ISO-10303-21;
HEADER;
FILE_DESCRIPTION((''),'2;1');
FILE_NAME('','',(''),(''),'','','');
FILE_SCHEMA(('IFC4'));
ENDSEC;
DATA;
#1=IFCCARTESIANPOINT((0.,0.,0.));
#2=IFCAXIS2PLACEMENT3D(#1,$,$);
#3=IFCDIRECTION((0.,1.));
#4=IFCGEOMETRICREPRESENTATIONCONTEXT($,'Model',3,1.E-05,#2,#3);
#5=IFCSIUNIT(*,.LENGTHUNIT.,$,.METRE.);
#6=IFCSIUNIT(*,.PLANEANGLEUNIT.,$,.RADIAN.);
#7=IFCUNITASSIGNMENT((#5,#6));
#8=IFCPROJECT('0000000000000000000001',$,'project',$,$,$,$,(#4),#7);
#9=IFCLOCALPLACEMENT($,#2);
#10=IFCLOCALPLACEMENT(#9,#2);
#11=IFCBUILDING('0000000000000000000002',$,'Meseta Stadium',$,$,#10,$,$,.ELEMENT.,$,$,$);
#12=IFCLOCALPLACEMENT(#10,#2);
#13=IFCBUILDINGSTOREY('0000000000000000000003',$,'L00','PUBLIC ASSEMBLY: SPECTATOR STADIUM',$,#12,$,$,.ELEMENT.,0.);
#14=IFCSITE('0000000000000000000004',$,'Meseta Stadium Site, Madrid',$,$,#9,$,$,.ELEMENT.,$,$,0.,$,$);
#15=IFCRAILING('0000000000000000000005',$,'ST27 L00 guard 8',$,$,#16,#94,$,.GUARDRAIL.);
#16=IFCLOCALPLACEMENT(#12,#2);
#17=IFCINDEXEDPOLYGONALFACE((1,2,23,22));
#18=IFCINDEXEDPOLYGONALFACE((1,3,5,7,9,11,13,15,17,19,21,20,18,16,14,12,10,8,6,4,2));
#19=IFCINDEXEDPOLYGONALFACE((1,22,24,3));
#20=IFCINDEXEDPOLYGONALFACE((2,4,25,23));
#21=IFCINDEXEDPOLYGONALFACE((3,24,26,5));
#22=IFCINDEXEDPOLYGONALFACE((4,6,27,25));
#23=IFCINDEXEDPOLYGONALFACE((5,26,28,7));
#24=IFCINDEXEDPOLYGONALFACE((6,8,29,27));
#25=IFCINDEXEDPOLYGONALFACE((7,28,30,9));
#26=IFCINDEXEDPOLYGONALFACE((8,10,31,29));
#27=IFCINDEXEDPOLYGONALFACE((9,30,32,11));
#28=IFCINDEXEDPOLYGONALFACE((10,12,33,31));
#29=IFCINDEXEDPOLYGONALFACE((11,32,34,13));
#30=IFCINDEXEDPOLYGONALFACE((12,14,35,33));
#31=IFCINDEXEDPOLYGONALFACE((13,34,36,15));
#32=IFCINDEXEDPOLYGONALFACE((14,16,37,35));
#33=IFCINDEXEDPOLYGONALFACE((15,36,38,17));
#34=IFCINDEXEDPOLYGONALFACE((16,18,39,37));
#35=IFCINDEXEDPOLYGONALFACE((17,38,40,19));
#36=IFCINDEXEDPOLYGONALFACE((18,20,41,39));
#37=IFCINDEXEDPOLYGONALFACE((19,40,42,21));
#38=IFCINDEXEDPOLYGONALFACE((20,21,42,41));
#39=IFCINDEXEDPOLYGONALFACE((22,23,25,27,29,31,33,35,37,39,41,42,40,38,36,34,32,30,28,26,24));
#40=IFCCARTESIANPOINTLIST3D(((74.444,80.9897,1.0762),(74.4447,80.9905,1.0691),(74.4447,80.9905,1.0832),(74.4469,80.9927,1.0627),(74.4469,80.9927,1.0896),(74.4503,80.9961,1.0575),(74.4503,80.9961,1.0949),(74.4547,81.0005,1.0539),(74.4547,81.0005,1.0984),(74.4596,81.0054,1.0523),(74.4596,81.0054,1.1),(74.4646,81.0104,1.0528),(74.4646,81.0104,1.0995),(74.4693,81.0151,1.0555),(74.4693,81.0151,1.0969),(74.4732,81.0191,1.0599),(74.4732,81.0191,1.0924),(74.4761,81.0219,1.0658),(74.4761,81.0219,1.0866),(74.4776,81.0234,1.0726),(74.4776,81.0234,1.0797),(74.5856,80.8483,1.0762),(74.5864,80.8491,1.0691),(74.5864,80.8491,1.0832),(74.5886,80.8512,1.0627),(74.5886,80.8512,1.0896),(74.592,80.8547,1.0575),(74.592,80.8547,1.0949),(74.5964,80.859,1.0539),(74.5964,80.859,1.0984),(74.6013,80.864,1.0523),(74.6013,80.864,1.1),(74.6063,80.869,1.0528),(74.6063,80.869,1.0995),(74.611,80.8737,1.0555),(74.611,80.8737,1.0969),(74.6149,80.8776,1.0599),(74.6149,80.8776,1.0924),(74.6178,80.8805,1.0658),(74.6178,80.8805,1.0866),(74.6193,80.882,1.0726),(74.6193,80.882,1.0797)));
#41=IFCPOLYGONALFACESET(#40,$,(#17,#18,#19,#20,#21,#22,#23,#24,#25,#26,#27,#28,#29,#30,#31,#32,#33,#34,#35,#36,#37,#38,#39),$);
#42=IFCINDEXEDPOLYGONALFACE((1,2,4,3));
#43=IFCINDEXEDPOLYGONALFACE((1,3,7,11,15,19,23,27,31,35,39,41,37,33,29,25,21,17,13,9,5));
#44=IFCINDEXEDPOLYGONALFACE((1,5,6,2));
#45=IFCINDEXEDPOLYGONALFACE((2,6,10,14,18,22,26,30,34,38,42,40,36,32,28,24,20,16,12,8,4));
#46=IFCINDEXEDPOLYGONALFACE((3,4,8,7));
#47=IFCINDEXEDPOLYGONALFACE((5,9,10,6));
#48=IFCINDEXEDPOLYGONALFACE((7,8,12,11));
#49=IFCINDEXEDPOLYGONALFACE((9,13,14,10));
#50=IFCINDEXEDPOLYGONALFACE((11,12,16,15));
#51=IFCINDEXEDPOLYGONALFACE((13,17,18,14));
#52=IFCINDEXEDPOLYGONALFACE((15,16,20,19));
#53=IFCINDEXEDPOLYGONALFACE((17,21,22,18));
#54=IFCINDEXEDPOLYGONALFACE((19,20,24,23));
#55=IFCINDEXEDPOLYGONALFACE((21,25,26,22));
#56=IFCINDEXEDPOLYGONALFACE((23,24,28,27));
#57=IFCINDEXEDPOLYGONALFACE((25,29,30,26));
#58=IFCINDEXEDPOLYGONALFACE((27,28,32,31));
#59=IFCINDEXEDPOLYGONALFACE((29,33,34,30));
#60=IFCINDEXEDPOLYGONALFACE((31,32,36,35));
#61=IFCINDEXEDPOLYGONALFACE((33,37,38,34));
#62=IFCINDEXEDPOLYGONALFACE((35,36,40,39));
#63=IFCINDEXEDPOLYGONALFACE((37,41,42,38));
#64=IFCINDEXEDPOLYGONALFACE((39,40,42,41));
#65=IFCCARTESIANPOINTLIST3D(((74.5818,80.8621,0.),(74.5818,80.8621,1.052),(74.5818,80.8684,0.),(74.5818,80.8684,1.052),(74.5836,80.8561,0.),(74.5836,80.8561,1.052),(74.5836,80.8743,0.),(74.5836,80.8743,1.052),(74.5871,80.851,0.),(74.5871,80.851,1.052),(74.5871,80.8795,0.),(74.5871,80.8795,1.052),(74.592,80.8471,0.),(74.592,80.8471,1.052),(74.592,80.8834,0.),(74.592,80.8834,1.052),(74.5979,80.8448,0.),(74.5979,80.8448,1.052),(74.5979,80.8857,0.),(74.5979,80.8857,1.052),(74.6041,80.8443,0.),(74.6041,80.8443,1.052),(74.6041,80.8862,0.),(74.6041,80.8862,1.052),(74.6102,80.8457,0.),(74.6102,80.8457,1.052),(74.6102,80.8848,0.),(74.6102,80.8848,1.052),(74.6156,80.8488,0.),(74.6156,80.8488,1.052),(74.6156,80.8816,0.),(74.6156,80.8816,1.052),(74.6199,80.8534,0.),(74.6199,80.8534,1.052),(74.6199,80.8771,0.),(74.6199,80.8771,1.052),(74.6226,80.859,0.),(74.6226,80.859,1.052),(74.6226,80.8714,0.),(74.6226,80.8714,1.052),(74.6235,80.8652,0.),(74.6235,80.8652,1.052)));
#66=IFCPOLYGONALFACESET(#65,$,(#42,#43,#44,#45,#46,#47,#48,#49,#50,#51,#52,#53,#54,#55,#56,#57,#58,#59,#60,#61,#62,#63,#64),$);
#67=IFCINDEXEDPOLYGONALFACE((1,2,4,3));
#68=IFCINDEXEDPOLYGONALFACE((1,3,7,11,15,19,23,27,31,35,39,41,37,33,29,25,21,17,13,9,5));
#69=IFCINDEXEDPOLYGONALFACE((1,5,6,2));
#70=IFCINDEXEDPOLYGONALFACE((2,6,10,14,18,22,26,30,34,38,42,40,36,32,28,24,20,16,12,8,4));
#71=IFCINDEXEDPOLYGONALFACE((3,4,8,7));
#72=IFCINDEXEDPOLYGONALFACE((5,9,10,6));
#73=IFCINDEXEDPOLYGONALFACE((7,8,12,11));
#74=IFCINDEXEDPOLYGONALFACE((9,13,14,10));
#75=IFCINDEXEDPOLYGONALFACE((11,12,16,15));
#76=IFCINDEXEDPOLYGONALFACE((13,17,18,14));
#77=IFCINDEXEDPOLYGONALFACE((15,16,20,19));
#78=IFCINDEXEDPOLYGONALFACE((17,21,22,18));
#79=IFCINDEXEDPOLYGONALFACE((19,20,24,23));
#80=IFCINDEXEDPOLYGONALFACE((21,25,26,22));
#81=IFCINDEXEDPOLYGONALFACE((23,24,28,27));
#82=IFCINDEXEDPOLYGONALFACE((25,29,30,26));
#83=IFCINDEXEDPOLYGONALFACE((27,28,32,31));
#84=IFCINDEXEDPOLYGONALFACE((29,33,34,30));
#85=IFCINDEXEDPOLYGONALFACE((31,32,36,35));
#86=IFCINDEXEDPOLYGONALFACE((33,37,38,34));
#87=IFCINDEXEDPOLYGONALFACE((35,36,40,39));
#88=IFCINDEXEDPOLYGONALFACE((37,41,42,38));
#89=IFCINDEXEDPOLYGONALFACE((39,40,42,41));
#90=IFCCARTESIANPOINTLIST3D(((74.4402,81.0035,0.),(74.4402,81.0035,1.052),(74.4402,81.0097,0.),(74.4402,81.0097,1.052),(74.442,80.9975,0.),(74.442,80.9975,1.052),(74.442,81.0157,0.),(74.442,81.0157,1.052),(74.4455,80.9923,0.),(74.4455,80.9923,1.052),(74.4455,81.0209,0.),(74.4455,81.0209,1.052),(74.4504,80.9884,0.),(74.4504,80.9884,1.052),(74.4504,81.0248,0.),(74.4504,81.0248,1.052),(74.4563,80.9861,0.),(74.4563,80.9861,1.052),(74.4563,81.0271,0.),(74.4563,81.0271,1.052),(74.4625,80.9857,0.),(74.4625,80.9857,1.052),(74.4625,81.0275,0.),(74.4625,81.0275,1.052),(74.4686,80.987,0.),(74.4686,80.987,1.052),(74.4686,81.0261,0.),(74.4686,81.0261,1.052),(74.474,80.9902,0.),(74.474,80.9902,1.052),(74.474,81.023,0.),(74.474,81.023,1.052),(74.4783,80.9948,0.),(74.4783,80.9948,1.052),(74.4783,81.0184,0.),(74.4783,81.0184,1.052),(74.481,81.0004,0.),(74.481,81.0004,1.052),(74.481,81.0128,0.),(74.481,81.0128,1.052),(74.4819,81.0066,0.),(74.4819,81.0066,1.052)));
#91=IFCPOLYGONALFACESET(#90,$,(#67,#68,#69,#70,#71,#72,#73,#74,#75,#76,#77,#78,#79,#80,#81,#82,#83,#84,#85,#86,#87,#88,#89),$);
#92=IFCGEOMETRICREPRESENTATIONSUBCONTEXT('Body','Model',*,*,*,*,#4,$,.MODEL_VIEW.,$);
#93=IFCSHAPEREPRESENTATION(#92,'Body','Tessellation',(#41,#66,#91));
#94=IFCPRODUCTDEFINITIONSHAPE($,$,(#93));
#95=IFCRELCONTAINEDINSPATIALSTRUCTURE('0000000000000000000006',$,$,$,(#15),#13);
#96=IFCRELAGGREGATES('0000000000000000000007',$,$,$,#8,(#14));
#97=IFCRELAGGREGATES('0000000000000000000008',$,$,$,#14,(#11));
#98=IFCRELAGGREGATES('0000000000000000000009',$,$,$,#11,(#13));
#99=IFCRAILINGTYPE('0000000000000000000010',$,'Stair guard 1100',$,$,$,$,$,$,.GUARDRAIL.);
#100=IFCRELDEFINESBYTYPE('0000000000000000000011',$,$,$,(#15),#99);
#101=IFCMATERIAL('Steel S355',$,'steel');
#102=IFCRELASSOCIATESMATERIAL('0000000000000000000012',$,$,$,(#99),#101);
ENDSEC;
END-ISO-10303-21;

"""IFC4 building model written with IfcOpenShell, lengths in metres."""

from ifc_helpers import new_model, si_unit, direction, frame, origin, origin_2d, place, context, subcontext, project, spatial, circle, extrude, material, type_object, element, save


model = new_model("IFC4")

# Units and contexts
model_context = context("Model", 3, precision=1e-05, world=origin(), true_north=direction((0.0, 1.0)))
body_context = subcontext(model_context, "Body", "Model", "MODEL_VIEW")
ifc_project = project(units=[si_unit("LENGTHUNIT", "METRE"), si_unit("PLANEANGLEUNIT", "RADIAN")], contexts=[model_context])

# Site, building, storey
site_placement = place(None, origin())
site = spatial("IfcSite", under=ifc_project, at=site_placement, Name="Meseta Stadium Site, Madrid", CompositionType="ELEMENT", RefElevation=0.0)
building_placement = place(site_placement, origin())
building = spatial("IfcBuilding", under=site, at=building_placement, Name="Meseta Stadium", CompositionType="ELEMENT")
storey_placement = place(building_placement, origin())
storey = spatial("IfcBuildingStorey", under=building, at=storey_placement, Name="L00", Description="PUBLIC ASSEMBLY: SPECTATOR STADIUM", CompositionType="ELEMENT", Elevation=0.0)

# Railing
ifc_material_1 = material(Name="Steel S355", Category="steel")
railing_type_1 = type_object("IfcRailingType", Name="Stair guard 1100", PredefinedType="GUARDRAIL", material=ifc_material_1)
railing_1_placement = place(storey_placement, frame((74.6025, 80.8652, 0.0)))
element("IfcRailing", 1, at=railing_1_placement, inside=storey, type_object=railing_type_1, Name="ST27 L00 guard 8", PredefinedType="GUARDRAIL", context=body_context, shape_type="SweptSolid", body=[
    extrude(circle(Radius=0.0239, at=origin_2d()), frame((0.0, 0.0, 1.0762), z_axis=(-0.707717, 0.706496, 0.0), x_axis=(-0.706496, -0.707717, 0.0)), (0.0, 0.0, 1.0), 0.2002),
    extrude(circle(Radius=0.021, at=origin_2d()), origin(), (0.0, 0.0, 1.0), 1.052),
    extrude(circle(Radius=0.021, at=origin_2d()), frame((-0.1416, 0.1414, 0.0)), (0.0, 0.0, 1.0), 1.052),
])

save(model, "model.ifc")
